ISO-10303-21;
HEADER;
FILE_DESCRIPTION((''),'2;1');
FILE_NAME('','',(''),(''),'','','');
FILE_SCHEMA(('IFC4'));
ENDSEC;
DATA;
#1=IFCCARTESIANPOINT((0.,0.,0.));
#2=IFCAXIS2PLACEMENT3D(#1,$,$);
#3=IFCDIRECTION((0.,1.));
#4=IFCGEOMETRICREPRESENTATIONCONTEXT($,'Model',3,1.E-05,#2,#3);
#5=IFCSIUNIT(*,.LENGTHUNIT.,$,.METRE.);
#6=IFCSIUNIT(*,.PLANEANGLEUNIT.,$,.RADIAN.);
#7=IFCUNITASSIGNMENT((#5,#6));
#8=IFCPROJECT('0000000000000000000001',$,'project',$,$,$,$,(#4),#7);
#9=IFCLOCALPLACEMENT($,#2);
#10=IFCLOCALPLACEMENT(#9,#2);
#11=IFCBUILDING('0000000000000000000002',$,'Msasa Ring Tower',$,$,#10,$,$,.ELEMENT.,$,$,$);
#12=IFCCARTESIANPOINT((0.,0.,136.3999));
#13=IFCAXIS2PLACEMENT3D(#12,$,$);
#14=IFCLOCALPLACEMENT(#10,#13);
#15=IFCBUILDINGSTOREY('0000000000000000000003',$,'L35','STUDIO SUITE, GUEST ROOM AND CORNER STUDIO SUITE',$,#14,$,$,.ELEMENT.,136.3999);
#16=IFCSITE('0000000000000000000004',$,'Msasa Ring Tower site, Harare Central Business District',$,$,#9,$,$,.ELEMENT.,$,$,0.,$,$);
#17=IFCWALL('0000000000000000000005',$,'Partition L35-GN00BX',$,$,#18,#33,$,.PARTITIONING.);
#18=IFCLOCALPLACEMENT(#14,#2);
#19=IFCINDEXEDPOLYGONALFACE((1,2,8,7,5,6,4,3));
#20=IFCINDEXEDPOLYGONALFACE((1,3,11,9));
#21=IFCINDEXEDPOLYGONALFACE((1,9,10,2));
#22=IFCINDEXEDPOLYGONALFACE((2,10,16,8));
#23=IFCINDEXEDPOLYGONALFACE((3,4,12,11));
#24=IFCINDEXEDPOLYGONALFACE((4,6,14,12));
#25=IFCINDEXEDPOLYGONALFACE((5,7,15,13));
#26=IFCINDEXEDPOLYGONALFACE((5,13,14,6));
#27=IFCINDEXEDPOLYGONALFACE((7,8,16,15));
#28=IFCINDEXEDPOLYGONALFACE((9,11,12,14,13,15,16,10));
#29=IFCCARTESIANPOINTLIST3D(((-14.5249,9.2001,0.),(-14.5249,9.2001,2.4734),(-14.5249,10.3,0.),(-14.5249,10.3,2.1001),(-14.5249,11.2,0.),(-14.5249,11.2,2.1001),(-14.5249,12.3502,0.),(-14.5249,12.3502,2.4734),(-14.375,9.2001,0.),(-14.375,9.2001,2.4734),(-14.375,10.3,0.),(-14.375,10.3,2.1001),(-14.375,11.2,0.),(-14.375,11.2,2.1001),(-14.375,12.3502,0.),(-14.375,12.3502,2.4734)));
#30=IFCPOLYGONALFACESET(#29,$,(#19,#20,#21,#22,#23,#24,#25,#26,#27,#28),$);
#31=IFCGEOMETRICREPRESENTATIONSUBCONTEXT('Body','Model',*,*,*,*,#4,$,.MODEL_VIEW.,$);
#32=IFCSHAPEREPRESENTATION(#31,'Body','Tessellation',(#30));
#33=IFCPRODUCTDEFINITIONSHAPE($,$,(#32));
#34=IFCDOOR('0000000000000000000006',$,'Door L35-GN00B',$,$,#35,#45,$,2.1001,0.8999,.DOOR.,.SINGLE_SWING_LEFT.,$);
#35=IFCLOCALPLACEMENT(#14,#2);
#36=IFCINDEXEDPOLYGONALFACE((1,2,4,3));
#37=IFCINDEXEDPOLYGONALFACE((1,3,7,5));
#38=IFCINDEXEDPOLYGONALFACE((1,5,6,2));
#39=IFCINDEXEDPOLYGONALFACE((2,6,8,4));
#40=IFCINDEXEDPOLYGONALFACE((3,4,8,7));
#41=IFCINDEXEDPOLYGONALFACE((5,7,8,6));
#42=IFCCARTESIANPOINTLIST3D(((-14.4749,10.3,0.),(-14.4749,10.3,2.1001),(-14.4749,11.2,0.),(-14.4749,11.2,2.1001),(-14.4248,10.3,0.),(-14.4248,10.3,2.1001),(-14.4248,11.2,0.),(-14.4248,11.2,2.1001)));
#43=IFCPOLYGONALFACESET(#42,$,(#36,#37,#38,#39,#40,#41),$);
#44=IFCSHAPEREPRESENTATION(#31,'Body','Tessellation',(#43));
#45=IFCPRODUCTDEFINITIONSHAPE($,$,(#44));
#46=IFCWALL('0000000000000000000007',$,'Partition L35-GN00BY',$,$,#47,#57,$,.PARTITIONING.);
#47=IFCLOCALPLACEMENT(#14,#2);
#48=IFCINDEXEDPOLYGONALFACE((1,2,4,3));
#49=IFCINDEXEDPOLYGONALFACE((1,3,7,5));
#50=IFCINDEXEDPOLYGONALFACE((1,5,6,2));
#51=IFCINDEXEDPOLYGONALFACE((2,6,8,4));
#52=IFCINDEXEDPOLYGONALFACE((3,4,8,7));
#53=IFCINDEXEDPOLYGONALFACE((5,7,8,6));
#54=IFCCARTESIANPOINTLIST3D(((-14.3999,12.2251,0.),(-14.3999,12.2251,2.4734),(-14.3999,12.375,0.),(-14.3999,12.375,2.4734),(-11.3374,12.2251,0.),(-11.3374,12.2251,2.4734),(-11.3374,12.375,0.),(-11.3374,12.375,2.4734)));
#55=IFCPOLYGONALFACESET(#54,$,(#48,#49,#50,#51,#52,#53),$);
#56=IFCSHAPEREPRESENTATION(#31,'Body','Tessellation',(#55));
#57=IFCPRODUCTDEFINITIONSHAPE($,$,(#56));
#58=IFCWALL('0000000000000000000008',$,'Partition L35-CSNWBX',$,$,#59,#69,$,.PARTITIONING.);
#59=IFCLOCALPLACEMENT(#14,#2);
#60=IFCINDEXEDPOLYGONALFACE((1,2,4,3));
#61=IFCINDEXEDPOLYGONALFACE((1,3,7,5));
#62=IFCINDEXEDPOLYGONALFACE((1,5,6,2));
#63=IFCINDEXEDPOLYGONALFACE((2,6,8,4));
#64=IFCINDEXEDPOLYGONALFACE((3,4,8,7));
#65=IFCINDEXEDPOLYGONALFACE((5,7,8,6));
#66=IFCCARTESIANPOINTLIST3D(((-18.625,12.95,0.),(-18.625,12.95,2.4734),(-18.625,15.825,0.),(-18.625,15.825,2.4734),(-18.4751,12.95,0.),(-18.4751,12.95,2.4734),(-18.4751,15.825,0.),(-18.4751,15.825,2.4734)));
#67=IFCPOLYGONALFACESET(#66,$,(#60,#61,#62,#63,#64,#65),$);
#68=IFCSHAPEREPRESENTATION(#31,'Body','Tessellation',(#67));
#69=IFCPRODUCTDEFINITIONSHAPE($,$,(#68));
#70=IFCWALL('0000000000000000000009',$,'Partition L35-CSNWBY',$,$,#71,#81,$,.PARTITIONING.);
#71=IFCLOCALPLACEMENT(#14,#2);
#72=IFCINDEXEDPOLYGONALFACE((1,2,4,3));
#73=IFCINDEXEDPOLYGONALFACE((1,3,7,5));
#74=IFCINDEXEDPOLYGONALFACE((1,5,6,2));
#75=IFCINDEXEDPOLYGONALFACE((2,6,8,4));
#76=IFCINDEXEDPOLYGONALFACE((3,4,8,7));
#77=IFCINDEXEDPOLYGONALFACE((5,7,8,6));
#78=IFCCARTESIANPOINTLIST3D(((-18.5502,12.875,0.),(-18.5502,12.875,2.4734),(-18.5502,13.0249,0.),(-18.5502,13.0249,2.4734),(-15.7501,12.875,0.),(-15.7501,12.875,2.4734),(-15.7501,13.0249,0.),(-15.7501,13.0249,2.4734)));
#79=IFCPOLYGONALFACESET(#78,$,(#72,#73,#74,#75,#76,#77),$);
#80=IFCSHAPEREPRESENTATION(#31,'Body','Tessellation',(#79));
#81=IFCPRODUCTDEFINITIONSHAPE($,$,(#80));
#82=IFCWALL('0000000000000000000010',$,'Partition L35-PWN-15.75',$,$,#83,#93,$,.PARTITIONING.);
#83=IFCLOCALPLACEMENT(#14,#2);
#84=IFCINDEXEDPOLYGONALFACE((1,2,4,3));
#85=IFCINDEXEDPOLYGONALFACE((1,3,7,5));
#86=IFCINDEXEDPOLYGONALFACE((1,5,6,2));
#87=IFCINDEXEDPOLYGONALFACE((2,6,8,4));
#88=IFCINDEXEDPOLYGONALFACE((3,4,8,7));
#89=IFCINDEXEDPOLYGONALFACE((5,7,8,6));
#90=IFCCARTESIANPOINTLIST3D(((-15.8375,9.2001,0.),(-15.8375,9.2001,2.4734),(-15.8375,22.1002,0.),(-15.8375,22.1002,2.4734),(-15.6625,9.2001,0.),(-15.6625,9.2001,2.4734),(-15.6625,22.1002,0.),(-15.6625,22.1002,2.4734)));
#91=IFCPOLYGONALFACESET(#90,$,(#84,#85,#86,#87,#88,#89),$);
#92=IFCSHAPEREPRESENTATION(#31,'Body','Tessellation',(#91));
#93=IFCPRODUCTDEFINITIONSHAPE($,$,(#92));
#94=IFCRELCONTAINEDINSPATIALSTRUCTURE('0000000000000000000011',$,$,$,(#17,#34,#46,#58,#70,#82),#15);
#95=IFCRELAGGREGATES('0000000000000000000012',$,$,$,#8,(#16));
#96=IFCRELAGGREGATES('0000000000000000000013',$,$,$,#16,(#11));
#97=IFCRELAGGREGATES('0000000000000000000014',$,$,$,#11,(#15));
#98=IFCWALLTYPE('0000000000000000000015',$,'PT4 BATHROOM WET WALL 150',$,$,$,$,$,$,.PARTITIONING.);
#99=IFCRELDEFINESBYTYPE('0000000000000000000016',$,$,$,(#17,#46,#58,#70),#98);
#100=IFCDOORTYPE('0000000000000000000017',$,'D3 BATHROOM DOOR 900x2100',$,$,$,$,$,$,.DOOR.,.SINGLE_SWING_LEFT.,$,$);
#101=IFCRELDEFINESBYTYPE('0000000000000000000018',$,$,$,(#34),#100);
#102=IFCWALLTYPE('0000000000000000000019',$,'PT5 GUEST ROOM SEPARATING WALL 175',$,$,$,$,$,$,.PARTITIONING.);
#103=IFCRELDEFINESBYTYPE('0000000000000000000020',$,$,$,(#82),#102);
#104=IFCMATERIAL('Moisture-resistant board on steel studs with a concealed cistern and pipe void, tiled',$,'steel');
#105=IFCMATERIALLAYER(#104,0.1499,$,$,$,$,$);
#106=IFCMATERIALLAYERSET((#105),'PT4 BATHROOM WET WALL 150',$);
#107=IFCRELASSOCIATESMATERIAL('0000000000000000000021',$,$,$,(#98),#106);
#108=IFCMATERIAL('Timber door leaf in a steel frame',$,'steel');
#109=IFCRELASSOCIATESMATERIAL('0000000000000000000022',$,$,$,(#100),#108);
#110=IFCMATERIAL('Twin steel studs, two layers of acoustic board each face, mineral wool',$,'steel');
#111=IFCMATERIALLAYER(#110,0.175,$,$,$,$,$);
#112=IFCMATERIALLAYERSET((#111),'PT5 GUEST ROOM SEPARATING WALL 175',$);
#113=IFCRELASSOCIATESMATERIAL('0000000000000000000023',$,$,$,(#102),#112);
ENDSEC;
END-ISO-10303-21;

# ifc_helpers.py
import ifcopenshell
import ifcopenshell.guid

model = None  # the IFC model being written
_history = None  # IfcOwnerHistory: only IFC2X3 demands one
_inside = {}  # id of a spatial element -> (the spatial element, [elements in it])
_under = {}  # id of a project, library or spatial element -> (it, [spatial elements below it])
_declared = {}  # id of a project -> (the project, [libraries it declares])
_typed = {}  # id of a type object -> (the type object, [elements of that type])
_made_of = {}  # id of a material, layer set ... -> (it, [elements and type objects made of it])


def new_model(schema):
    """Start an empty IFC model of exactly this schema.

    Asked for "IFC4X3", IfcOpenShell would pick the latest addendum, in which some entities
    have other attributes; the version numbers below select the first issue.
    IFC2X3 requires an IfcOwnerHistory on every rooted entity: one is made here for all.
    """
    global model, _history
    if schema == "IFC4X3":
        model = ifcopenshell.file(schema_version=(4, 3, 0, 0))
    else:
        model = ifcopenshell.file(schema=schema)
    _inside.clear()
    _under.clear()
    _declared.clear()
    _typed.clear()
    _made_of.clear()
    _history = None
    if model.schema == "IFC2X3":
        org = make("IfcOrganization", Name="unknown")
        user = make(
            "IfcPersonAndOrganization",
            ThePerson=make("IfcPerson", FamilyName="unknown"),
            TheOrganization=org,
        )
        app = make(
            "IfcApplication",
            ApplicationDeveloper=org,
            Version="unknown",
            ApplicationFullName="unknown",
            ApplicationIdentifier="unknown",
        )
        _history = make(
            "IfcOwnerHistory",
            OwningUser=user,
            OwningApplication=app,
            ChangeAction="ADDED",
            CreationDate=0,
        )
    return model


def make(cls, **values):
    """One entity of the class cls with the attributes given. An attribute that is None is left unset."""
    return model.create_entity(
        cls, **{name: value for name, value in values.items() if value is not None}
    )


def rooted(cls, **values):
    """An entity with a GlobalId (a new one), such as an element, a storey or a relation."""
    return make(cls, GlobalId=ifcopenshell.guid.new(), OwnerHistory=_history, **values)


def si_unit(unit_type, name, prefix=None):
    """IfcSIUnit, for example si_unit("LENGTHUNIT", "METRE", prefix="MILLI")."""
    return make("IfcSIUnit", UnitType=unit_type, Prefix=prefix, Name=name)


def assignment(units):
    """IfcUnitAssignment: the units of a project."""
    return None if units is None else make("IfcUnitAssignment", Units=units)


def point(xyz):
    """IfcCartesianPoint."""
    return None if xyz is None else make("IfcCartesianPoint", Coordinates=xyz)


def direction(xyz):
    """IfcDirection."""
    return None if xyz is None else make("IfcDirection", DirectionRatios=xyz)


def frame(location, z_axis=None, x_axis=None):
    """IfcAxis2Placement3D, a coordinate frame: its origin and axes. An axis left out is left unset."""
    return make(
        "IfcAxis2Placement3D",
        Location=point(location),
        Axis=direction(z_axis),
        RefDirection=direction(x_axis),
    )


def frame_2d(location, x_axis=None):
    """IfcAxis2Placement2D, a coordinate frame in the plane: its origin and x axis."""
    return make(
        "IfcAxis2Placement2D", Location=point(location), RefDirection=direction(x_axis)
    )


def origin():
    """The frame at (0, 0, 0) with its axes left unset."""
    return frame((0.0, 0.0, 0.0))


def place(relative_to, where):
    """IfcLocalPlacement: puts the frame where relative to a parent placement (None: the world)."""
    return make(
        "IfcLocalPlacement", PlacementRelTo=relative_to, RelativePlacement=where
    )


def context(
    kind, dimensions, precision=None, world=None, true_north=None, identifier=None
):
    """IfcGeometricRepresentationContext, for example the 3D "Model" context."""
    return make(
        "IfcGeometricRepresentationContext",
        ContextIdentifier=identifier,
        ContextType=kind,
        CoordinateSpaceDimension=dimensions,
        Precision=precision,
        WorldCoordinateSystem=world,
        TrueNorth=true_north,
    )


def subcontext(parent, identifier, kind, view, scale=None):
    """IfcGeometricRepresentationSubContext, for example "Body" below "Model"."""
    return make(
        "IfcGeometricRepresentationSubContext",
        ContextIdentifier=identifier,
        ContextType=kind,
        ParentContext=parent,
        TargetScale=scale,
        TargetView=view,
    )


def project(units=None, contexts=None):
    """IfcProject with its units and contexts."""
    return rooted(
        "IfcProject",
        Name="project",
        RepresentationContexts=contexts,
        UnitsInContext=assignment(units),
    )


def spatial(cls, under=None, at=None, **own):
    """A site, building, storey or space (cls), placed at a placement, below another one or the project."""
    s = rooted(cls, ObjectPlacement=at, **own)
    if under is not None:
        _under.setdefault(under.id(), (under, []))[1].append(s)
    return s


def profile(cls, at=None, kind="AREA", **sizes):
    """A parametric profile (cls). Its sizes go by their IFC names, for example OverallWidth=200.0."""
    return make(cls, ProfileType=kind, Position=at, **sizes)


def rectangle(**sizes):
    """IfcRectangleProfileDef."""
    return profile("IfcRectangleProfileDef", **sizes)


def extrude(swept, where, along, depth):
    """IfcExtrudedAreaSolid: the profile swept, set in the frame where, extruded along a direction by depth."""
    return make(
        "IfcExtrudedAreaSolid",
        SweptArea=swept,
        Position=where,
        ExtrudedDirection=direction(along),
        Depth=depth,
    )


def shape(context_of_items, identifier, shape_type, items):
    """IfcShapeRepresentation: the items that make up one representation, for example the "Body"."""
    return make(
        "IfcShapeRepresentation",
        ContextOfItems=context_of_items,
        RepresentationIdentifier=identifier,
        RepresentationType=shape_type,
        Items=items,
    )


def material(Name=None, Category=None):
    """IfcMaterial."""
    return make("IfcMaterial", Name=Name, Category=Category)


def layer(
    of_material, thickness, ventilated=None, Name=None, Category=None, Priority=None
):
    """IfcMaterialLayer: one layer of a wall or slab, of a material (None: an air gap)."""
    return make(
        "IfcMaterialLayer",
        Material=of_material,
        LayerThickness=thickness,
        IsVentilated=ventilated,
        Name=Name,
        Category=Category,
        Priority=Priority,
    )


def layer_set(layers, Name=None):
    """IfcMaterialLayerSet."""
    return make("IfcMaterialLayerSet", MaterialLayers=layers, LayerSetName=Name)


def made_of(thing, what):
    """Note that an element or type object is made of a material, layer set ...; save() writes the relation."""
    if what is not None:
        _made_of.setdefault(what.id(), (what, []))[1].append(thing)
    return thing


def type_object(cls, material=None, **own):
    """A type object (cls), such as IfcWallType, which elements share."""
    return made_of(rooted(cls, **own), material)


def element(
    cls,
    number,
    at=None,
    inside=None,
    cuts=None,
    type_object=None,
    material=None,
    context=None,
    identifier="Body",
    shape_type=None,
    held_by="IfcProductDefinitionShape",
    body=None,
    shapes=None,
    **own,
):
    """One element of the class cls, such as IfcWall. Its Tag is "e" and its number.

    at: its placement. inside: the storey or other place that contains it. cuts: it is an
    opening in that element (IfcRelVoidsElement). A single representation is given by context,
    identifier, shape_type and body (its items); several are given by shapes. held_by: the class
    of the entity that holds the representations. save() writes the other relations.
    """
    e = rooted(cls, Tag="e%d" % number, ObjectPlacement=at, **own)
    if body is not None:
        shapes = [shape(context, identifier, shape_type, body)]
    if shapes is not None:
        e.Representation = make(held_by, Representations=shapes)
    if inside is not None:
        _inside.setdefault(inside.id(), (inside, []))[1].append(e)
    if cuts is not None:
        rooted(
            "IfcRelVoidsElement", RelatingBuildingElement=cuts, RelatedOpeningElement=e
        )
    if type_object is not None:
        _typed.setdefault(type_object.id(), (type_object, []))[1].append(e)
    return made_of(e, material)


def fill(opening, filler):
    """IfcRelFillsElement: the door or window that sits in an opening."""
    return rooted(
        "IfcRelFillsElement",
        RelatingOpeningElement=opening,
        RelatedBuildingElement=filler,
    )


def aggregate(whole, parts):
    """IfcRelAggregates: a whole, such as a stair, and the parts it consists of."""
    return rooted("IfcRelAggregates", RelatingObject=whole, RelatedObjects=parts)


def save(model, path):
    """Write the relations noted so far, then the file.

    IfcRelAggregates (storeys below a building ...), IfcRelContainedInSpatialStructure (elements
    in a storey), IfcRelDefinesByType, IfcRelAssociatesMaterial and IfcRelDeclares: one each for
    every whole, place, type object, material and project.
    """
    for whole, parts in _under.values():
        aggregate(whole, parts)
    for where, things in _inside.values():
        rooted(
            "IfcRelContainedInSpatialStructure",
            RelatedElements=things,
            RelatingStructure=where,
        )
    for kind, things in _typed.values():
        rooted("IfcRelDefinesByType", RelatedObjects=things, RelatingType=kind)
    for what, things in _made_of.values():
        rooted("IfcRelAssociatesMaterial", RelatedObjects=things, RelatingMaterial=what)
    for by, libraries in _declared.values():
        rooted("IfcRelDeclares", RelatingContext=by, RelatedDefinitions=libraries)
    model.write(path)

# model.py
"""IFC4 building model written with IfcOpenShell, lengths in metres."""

from ifc_helpers import new_model, si_unit, direction, frame, frame_2d, origin, place, context, subcontext, project, spatial, rectangle, extrude, material, layer, layer_set, type_object, element, fill, save


model = new_model("IFC4")

# Units and contexts
model_context = context("Model", 3, precision=1e-05, world=origin(), true_north=direction((0.0, 1.0)))
body_context = subcontext(model_context, "Body", "Model", "MODEL_VIEW")
ifc_project = project(units=[si_unit("LENGTHUNIT", "METRE"), si_unit("PLANEANGLEUNIT", "RADIAN")], contexts=[model_context])

# Site, building, storey
site_placement = place(None, origin())
site = spatial("IfcSite", under=ifc_project, at=site_placement, Name="Msasa Ring Tower site, Harare Central Business District", CompositionType="ELEMENT", RefElevation=0.0)
building_placement = place(site_placement, origin())
building = spatial("IfcBuilding", under=site, at=building_placement, Name="Msasa Ring Tower", CompositionType="ELEMENT")
storey_placement = place(building_placement, frame((0.0, 0.0, 136.3999)))
storey = spatial("IfcBuildingStorey", under=building, at=storey_placement, Name="L35", Description="STUDIO SUITE, GUEST ROOM AND CORNER STUDIO SUITE", CompositionType="ELEMENT", Elevation=136.3999)

# Wall, opening, door
ifc_material_1 = material(Name="Moisture-resistant board on steel studs with a concealed cistern and pipe void, tiled", Category="steel")
ifc_layer_1 = layer(ifc_material_1, 0.1499)
ifc_layer_set_1 = layer_set([ifc_layer_1], Name="PT4 BATHROOM WET WALL 150")
wall_type_1 = type_object("IfcWallType", Name="PT4 BATHROOM WET WALL 150", PredefinedType="PARTITIONING", material=ifc_layer_set_1)
wall_1_placement = place(storey_placement, frame((-14.45, 9.2, 0.0), z_axis=(0.0, 0.0, 1.0), x_axis=(0.0, 1.0, 0.0)))
wall_1 = element("IfcWall", 1, at=wall_1_placement, inside=storey, type_object=wall_type_1, Name="Partition L35-GN00BX", PredefinedType="PARTITIONING", context=body_context, shape_type="SweptSolid", body=[
    extrude(rectangle(XDim=3.1501, YDim=0.1499, at=frame_2d((1.5752, 0.0))), origin(), (0.0, 0.0, 1.0), 2.4734),
])
opening_1_placement = place(wall_1_placement, frame((1.1001, 0.0, 0.0)))
opening_1 = element("IfcOpeningElement", 2, at=opening_1_placement, cuts=wall_1, PredefinedType="OPENING", context=body_context, shape_type="SweptSolid", body=[
    extrude(rectangle(XDim=0.8999, YDim=2.1001, at=frame_2d((0.45, 1.05))), frame((0.0, 0.085, 0.0), z_axis=(0.0, -1.0, 0.0), x_axis=(1.0, 0.0, 0.0)), (0.0, 0.0, 1.0), 0.1699),
])
ifc_material_2 = material(Name="Timber door leaf in a steel frame", Category="steel")
door_type_1 = type_object("IfcDoorType", Name="D3 BATHROOM DOOR 900x2100", OperationType="SINGLE_SWING_LEFT", PredefinedType="DOOR", material=ifc_material_2)
door_1_placement = place(opening_1_placement, origin())
door_1 = element("IfcDoor", 3, at=door_1_placement, inside=storey, type_object=door_type_1, Name="Door L35-GN00B", OperationType="SINGLE_SWING_LEFT", OverallHeight=2.1001, OverallWidth=0.8999, PredefinedType="DOOR", context=body_context, shape_type="SweptSolid", body=[
    extrude(rectangle(XDim=0.8999, YDim=2.1001, at=frame_2d((0.45, 1.05))), frame((0.0, 0.0249, 0.0), z_axis=(0.0, -1.0, 0.0), x_axis=(1.0, 0.0, 0.0)), (0.0, 0.0, 1.0), 0.05),
])
fill(opening_1, door_1)

# Walls
wall_2_placement = place(storey_placement, frame((-14.3999, 12.3, 0.0), z_axis=(0.0, 0.0, 1.0), x_axis=(1.0, 0.0, 0.0)))
element("IfcWall", 4, at=wall_2_placement, inside=storey, type_object=wall_type_1, Name="Partition L35-GN00BY", PredefinedType="PARTITIONING", context=body_context, shape_type="SweptSolid", body=[
    extrude(rectangle(XDim=3.0625, YDim=0.1499, at=frame_2d((1.5312, 0.0))), origin(), (0.0, 0.0, 1.0), 2.4734),
])
wall_3_placement = place(storey_placement, frame((-18.55, 12.95, 0.0), z_axis=(0.0, 0.0, 1.0), x_axis=(0.0, 1.0, 0.0)))
element("IfcWall", 5, at=wall_3_placement, inside=storey, type_object=wall_type_1, Name="Partition L35-CSNWBX", PredefinedType="PARTITIONING", context=body_context, shape_type="SweptSolid", body=[
    extrude(rectangle(XDim=2.875, YDim=0.1499, at=frame_2d((1.4375, 0.0))), origin(), (0.0, 0.0, 1.0), 2.4734),
])
wall_4_placement = place(storey_placement, frame((-18.55, 12.95, 0.0), z_axis=(0.0, 0.0, 1.0), x_axis=(1.0, 0.0, 0.0)))
element("IfcWall", 6, at=wall_4_placement, inside=storey, type_object=wall_type_1, Name="Partition L35-CSNWBY", PredefinedType="PARTITIONING", context=body_context, shape_type="SweptSolid", body=[
    extrude(rectangle(XDim=2.8, YDim=0.1499, at=frame_2d((1.3999, 0.0))), origin(), (0.0, 0.0, 1.0), 2.4734),
])
ifc_material_3 = material(Name="Twin steel studs, two layers of acoustic board each face, mineral wool", Category="steel")
ifc_layer_2 = layer(ifc_material_3, 0.175)
ifc_layer_set_2 = layer_set([ifc_layer_2], Name="PT5 GUEST ROOM SEPARATING WALL 175")
wall_type_2 = type_object("IfcWallType", Name="PT5 GUEST ROOM SEPARATING WALL 175", PredefinedType="PARTITIONING", material=ifc_layer_set_2)
wall_5_placement = place(storey_placement, frame((-15.75, 9.2, 0.0), z_axis=(0.0, 0.0, 1.0), x_axis=(0.0, 1.0, 0.0)))
element("IfcWall", 7, at=wall_5_placement, inside=storey, type_object=wall_type_2, Name="Partition L35-PWN-15.75", PredefinedType="PARTITIONING", context=body_context, shape_type="SweptSolid", body=[
    extrude(rectangle(XDim=12.9001, YDim=0.175, at=frame_2d((6.4502, 0.0))), origin(), (0.0, 0.0, 1.0), 2.4734),
])

save(model, "model.ifc")
